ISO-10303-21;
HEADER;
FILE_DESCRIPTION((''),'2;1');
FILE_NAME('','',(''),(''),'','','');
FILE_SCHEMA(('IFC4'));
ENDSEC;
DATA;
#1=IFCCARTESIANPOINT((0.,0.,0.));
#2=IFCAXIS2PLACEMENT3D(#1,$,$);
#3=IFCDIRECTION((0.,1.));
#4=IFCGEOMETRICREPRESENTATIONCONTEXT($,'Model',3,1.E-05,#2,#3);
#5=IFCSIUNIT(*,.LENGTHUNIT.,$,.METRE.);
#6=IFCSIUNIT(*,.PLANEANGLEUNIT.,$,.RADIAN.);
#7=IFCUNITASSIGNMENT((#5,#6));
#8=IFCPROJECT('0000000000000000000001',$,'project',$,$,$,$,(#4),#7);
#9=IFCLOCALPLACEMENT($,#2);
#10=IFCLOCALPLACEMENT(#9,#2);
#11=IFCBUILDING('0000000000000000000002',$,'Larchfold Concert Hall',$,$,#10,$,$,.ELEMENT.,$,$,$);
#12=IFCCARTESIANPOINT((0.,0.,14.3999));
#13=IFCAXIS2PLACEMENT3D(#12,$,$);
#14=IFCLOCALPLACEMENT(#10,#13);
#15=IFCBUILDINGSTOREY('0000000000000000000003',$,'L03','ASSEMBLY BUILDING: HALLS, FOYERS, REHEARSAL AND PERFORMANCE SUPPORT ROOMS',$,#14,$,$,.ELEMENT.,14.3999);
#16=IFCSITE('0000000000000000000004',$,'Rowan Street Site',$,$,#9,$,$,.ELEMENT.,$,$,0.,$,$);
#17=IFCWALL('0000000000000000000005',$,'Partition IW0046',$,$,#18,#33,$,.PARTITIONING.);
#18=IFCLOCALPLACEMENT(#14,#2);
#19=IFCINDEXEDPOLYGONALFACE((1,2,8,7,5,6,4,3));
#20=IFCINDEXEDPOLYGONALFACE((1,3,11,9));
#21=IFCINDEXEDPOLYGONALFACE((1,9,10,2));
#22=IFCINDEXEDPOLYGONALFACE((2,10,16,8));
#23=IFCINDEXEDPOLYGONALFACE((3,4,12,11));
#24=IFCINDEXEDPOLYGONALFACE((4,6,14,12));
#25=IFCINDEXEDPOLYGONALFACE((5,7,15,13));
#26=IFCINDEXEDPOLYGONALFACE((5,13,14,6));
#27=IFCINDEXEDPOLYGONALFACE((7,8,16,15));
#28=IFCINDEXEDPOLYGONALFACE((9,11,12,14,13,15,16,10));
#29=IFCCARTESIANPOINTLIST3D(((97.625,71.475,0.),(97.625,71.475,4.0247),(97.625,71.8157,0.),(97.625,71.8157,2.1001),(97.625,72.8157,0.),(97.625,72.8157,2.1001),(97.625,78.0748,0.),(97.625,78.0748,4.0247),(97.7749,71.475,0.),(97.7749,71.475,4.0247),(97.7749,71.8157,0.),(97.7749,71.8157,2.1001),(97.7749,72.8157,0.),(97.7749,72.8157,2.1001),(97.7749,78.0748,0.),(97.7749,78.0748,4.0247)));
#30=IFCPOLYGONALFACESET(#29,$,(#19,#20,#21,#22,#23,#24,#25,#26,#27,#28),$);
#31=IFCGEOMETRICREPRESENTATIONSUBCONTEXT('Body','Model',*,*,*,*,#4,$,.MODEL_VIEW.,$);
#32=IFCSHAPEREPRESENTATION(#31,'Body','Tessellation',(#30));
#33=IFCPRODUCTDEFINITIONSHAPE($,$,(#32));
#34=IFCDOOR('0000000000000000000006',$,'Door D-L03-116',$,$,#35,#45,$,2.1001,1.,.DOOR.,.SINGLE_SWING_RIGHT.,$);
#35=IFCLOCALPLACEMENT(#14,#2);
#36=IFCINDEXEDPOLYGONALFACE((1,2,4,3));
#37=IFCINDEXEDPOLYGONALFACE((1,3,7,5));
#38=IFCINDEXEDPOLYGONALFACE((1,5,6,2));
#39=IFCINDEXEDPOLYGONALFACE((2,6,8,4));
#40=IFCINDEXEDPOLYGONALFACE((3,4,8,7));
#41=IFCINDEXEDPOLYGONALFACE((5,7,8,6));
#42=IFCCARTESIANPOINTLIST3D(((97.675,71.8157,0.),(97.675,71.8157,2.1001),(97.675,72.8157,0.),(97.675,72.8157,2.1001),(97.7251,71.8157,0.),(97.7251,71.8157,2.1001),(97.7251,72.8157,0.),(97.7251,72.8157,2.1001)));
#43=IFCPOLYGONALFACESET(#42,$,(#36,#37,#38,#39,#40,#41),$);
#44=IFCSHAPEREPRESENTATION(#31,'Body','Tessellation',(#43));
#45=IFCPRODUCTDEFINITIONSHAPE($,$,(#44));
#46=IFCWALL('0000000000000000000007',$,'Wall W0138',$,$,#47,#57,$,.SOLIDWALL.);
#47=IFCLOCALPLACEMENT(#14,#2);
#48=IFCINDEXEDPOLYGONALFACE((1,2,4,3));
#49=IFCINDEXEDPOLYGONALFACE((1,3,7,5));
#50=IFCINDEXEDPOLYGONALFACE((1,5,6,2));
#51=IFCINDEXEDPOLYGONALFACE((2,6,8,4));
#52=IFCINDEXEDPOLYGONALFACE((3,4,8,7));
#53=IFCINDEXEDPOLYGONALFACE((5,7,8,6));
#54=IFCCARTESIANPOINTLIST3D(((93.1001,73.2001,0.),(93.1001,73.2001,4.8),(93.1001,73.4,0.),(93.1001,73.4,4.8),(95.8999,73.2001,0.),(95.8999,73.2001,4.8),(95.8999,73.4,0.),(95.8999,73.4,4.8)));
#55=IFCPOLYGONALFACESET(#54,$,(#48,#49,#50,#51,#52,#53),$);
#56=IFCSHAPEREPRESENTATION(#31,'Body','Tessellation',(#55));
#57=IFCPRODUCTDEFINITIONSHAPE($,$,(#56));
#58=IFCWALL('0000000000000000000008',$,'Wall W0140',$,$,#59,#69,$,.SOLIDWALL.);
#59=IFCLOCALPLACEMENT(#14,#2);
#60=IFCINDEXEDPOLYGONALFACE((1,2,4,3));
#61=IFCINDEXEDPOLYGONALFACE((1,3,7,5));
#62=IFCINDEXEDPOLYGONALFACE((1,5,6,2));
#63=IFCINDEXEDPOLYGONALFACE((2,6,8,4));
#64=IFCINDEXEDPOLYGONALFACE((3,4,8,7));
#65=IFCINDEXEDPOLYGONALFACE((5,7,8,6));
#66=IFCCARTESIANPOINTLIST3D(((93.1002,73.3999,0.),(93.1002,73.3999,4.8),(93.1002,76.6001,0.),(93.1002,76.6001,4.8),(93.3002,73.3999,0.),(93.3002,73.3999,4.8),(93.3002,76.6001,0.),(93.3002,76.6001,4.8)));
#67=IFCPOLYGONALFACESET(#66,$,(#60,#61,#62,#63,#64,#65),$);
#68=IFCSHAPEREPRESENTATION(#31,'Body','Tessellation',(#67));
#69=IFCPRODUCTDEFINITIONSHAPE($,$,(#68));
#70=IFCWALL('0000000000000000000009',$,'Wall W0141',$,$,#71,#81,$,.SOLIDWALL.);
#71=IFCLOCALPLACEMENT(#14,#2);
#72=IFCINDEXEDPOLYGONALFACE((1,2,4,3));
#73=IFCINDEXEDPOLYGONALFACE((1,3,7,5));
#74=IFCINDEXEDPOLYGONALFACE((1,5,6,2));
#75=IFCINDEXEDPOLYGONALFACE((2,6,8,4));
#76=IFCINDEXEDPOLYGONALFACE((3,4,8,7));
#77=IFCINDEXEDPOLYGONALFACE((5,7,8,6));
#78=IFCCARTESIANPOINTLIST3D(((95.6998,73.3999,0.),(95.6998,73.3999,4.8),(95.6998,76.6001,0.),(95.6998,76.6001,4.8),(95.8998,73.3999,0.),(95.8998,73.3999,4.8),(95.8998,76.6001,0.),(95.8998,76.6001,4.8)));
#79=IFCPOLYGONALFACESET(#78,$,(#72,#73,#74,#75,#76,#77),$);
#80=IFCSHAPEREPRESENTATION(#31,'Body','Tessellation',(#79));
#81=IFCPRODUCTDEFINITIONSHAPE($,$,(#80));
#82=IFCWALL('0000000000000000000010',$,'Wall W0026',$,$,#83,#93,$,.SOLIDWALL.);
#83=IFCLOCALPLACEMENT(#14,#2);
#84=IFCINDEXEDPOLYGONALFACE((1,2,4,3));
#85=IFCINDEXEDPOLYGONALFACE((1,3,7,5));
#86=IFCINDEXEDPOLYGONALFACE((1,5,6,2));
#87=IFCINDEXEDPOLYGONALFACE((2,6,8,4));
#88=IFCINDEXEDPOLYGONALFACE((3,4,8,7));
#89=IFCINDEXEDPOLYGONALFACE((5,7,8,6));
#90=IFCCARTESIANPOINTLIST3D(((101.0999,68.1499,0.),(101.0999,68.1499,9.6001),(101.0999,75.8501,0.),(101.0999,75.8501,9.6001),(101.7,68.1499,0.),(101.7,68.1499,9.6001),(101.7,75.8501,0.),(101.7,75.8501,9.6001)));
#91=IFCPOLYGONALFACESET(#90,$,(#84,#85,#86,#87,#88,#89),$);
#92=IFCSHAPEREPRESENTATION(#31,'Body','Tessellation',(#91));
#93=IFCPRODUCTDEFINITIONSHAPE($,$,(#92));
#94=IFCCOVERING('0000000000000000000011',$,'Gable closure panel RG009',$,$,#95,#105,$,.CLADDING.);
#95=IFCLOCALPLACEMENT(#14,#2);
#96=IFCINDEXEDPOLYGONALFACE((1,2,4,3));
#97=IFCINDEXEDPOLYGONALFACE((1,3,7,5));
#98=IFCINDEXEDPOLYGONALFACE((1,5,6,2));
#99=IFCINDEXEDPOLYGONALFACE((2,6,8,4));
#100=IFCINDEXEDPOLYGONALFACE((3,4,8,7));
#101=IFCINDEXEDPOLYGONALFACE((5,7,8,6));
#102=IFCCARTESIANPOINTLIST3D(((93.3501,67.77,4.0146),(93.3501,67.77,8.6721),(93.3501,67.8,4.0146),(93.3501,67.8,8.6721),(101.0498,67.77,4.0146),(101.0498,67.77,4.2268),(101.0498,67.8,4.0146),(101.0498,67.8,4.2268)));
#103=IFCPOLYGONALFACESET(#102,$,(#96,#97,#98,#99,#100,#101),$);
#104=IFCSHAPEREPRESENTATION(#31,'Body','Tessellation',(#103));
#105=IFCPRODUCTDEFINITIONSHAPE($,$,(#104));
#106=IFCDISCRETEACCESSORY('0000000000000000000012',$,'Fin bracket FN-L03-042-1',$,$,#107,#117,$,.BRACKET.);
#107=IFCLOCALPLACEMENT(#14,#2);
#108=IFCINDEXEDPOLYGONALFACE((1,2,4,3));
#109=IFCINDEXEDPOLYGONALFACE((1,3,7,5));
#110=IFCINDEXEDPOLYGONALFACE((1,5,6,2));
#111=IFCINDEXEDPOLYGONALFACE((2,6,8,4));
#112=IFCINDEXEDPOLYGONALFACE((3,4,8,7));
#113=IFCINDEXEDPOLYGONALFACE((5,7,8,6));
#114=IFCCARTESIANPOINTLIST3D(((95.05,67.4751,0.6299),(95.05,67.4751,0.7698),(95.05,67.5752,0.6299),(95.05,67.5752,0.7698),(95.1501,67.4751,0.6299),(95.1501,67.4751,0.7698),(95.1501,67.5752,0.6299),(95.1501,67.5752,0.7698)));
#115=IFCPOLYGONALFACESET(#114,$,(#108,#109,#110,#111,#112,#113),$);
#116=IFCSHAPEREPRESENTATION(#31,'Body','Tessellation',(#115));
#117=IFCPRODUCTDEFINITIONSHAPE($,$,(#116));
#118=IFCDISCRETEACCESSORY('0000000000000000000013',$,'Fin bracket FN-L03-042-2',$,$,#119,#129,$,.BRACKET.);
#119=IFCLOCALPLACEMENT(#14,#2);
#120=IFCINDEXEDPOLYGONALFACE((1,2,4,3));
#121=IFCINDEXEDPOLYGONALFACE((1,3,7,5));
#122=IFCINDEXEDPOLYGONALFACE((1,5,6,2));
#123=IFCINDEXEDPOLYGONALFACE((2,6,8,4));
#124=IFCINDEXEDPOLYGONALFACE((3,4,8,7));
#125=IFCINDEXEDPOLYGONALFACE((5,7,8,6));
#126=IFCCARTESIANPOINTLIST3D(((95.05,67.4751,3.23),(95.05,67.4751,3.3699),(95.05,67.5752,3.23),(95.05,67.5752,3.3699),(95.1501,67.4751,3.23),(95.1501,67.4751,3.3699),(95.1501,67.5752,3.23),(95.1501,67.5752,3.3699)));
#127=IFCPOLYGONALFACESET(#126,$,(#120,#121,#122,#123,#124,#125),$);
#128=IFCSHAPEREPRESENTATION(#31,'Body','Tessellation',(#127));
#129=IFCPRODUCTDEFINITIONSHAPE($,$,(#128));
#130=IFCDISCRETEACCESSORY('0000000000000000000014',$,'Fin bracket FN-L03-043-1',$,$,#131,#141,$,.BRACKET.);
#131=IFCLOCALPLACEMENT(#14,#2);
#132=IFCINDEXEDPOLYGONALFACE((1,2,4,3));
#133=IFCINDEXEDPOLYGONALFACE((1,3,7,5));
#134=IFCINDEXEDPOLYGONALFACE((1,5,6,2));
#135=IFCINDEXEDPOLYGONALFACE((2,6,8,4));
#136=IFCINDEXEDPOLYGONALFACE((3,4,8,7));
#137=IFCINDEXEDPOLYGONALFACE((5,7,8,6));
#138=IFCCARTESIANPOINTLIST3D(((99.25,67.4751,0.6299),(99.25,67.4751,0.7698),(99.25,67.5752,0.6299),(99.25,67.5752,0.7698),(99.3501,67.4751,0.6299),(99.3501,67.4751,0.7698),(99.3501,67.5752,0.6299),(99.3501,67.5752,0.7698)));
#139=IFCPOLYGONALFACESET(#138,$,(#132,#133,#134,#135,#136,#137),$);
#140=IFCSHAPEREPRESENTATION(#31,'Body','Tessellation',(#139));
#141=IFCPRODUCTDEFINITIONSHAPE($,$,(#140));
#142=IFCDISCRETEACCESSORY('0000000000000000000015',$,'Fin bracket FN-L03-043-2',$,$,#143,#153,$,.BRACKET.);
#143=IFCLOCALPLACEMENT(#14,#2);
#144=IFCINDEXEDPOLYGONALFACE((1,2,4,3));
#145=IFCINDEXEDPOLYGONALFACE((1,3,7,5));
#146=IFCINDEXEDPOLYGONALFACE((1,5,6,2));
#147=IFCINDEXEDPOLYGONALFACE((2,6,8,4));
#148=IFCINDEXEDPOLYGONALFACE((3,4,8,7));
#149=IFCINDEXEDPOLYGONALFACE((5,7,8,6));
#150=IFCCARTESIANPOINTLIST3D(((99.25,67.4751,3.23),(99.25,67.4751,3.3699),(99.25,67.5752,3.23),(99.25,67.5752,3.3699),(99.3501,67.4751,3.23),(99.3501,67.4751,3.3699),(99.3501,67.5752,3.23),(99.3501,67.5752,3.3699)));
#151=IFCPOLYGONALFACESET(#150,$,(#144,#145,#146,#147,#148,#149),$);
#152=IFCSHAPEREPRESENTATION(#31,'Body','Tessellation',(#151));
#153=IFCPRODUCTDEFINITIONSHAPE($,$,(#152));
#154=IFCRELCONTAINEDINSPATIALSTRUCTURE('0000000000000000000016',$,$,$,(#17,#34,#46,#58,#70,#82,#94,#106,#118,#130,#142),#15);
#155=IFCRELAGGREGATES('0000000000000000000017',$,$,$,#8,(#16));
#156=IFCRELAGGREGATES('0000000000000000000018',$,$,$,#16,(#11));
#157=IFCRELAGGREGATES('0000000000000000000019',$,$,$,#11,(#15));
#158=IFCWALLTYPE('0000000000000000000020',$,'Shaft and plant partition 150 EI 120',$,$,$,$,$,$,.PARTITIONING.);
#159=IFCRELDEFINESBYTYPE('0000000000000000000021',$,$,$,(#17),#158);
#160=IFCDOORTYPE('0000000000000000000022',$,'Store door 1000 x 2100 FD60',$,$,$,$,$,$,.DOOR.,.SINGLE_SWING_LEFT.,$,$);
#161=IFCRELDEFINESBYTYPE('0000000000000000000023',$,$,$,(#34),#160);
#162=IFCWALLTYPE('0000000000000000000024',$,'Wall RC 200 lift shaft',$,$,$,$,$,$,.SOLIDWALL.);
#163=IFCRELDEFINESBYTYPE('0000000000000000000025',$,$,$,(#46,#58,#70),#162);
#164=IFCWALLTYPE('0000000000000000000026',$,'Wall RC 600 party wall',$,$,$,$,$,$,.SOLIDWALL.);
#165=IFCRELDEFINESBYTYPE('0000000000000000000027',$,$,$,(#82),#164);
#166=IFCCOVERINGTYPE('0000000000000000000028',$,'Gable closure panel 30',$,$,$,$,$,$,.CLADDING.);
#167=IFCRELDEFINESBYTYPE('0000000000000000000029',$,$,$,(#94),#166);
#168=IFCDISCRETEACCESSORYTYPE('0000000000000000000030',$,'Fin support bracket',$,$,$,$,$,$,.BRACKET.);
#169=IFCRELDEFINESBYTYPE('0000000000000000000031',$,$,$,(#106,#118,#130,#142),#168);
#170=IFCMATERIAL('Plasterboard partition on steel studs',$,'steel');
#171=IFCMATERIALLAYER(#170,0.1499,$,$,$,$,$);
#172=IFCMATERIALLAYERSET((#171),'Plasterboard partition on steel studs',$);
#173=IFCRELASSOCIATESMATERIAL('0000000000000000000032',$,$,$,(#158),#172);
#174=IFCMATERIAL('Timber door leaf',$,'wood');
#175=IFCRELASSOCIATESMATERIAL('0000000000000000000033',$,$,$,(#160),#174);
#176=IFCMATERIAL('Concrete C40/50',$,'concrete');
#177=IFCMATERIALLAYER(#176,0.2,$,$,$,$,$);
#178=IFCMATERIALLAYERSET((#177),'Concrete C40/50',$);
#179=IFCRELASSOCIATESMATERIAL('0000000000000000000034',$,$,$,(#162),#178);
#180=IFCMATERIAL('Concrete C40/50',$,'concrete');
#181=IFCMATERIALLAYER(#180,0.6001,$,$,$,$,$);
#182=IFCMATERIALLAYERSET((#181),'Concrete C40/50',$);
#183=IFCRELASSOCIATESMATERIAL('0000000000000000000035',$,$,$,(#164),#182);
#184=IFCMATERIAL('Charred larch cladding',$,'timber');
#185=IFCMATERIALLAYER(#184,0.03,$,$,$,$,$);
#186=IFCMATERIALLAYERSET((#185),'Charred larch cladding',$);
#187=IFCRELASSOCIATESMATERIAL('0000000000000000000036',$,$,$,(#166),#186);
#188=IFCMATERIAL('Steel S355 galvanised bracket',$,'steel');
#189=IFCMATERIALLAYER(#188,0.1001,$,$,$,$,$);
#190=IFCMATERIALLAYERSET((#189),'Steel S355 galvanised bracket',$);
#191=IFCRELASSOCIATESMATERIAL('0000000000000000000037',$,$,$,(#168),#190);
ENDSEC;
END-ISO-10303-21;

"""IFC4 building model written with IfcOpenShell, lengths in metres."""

from ifc_helpers import new_model, si_unit, direction, frame, frame_2d, origin, origin_2d, place, context, subcontext, project, spatial, polyline, rectangle, outline, extrude, material, layer, layer_set, type_object, element, fill, save


model = new_model("IFC4")

# Units and contexts
model_context = context("Model", 3, precision=1e-05, world=origin(), true_north=direction((0.0, 1.0)))
body_context = subcontext(model_context, "Body", "Model", "MODEL_VIEW")
ifc_project = project(units=[si_unit("LENGTHUNIT", "METRE"), si_unit("PLANEANGLEUNIT", "RADIAN")], contexts=[model_context])

# Site, building, storey
site_placement = place(None, origin())
site = spatial("IfcSite", under=ifc_project, at=site_placement, Name="Rowan Street Site", CompositionType="ELEMENT", RefElevation=0.0)
building_placement = place(site_placement, origin())
building = spatial("IfcBuilding", under=site, at=building_placement, Name="Larchfold Concert Hall", CompositionType="ELEMENT")
storey_placement = place(building_placement, frame((0.0, 0.0, 14.3999)))
storey = spatial("IfcBuildingStorey", under=building, at=storey_placement, Name="L03", Description="ASSEMBLY BUILDING: HALLS, FOYERS, REHEARSAL AND PERFORMANCE SUPPORT ROOMS", CompositionType="ELEMENT", Elevation=14.3999)

# Wall, opening, door
ifc_material_1 = material(Name="Plasterboard partition on steel studs", Category="steel")
ifc_layer_1 = layer(ifc_material_1, 0.1499)
ifc_layer_set_1 = layer_set([ifc_layer_1], Name="Plasterboard partition on steel studs")
wall_type_1 = type_object("IfcWallType", Name="Shaft and plant partition 150 EI 120", PredefinedType="PARTITIONING", material=ifc_layer_set_1)
wall_1_placement = place(storey_placement, frame((97.7, 71.4751, 0.0), z_axis=(0.0, 0.0, 1.0), x_axis=(0.0, 1.0, 0.0)))
wall_1 = element("IfcWall", 1, at=wall_1_placement, inside=storey, type_object=wall_type_1, Name="Partition IW0046", PredefinedType="PARTITIONING", context=body_context, shape_type="SweptSolid", body=[
    extrude(rectangle(XDim=6.5999, YDim=0.1499, at=frame_2d((3.2998, 0.0))), origin(), (0.0, 0.0, 1.0), 4.0247),
])
opening_1_placement = place(wall_1_placement, frame((0.3406, 0.0, 0.0)))
opening_1 = element("IfcOpeningElement", 2, at=opening_1_placement, cuts=wall_1, PredefinedType="OPENING", context=body_context, shape_type="SweptSolid", body=[
    extrude(rectangle(XDim=1.0, YDim=2.1001, at=frame_2d((0.5, 1.05))), frame((0.0, 0.085, 0.0), z_axis=(0.0, -1.0, 0.0), x_axis=(1.0, 0.0, 0.0)), (0.0, 0.0, 1.0), 0.1699),
])
ifc_material_2 = material(Name="Timber door leaf", Category="wood")
door_type = type_object("IfcDoorType", Name="Store door 1000 x 2100 FD60", OperationType="SINGLE_SWING_LEFT", PredefinedType="DOOR", material=ifc_material_2)
door_placement = place(opening_1_placement, origin())
door = element("IfcDoor", 3, at=door_placement, inside=storey, type_object=door_type, Name="Door D-L03-116", OperationType="SINGLE_SWING_RIGHT", OverallHeight=2.1001, OverallWidth=1.0, PredefinedType="DOOR", context=body_context, shape_type="SweptSolid", body=[
    extrude(rectangle(XDim=1.0, YDim=2.1001, at=frame_2d((0.5, 1.05))), frame((0.0, 0.0249, 0.0), z_axis=(0.0, -1.0, 0.0), x_axis=(1.0, 0.0, 0.0)), (0.0, 0.0, 1.0), 0.05),
])
fill(opening_1, door)

# Walls
ifc_material_3 = material(Name="Concrete C40/50", Category="concrete")
ifc_layer_2 = layer(ifc_material_3, 0.2)
ifc_layer_set_2 = layer_set([ifc_layer_2], Name="Concrete C40/50")
wall_type_2 = type_object("IfcWallType", Name="Wall RC 200 lift shaft", PredefinedType="SOLIDWALL", material=ifc_layer_set_2)
wall_2_placement = place(storey_placement, frame((93.1001, 73.3, 0.0), z_axis=(0.0, 0.0, 1.0), x_axis=(1.0, 0.0, 0.0)))
element("IfcWall", 4, at=wall_2_placement, inside=storey, type_object=wall_type_2, Name="Wall W0138", PredefinedType="SOLIDWALL", context=body_context, shape_type="SweptSolid", body=[
    extrude(rectangle(XDim=2.7998, YDim=0.2, at=frame_2d((1.3999, 0.0))), origin(), (0.0, 0.0, 1.0), 4.8),
])
for number, where, z_axis, x_axis, name in (
    (5, (93.2002, 73.3999, 0.0), (0.0, 0.0, 1.0), (0.0, 1.0, 0.0), "Wall W0140"),
    (6, (95.7998, 73.3999, 0.0), (0.0, 0.0, 1.0), (0.0, 1.0, 0.0), "Wall W0141"),
):
    element("IfcWall", number, at=place(storey_placement, frame(where, z_axis=z_axis, x_axis=x_axis)), inside=storey, type_object=wall_type_2, Name=name, PredefinedType="SOLIDWALL", context=body_context, shape_type="SweptSolid", body=[
        extrude(rectangle(XDim=3.2002, YDim=0.2, at=frame_2d((1.6001, 0.0))), origin(), (0.0, 0.0, 1.0), 4.8),
    ])
ifc_material_4 = material(Name="Concrete C40/50", Category="concrete")
ifc_layer_3 = layer(ifc_material_4, 0.6001)
ifc_layer_set_3 = layer_set([ifc_layer_3], Name="Concrete C40/50")
wall_type_3 = type_object("IfcWallType", Name="Wall RC 600 party wall", PredefinedType="SOLIDWALL", material=ifc_layer_set_3)
wall_3_placement = place(storey_placement, frame((101.3999, 68.1499, 0.0), z_axis=(0.0, 0.0, 1.0), x_axis=(0.0, 1.0, 0.0)))
element("IfcWall", 7, at=wall_3_placement, inside=storey, type_object=wall_type_3, Name="Wall W0026", PredefinedType="SOLIDWALL", context=body_context, shape_type="SweptSolid", body=[
    extrude(rectangle(XDim=7.7002, YDim=0.6001, at=frame_2d((3.8501, 0.0))), origin(), (0.0, 0.0, 1.0), 9.6001),
])

# Covering
ifc_material_5 = material(Name="Charred larch cladding", Category="timber")
ifc_layer_4 = layer(ifc_material_5, 0.03)
ifc_layer_set_4 = layer_set([ifc_layer_4], Name="Charred larch cladding")
covering_type = type_object("IfcCoveringType", Name="Gable closure panel 30", PredefinedType="CLADDING", material=ifc_layer_set_4)
covering_placement = place(storey_placement, frame((93.3501, 67.77, 4.0146), z_axis=(0.0, -1.0, 0.0), x_axis=(1.0, 0.0, 0.0)))
element("IfcCovering", 8, at=covering_placement, inside=storey, type_object=covering_type, Name="Gable closure panel RG009", PredefinedType="CLADDING", context=body_context, shape_type="SweptSolid", body=[
    extrude(outline(polyline([(0.0, 0.0), (7.6997, 0.0), (7.6997, 0.2122), (0.0, 4.6575), (0.0, 0.0)])), origin(), (0.0, 0.0, -1.0), 0.03),
])

# Discrete accessories
ifc_material_6 = material(Name="Steel S355 galvanised bracket", Category="steel")
ifc_layer_5 = layer(ifc_material_6, 0.1001)
ifc_layer_set_5 = layer_set([ifc_layer_5], Name="Steel S355 galvanised bracket")
discrete_accessory_type = type_object("IfcDiscreteAccessoryType", Name="Fin support bracket", PredefinedType="BRACKET", material=ifc_layer_set_5)
for number, where, z_axis, x_axis, name in (
    (9, (95.1001, 67.5251, 0.6299), (0.0, 0.0, 1.0), (0.0, -1.0, 0.0), "Fin bracket FN-L03-042-1"),
    (10, (95.1001, 67.5251, 3.23), (0.0, 0.0, 1.0), (0.0, -1.0, 0.0), "Fin bracket FN-L03-042-2"),
    (11, (99.3, 67.5251, 0.6299), (0.0, 0.0, 1.0), (0.0, -1.0, 0.0), "Fin bracket FN-L03-043-1"),
    (12, (99.3, 67.5251, 3.23), (0.0, 0.0, 1.0), (0.0, -1.0, 0.0), "Fin bracket FN-L03-043-2"),
):
    element("IfcDiscreteAccessory", number, at=place(storey_placement, frame(where, z_axis=z_axis, x_axis=x_axis)), inside=storey, type_object=discrete_accessory_type, Name=name, PredefinedType="BRACKET", context=body_context, shape_type="SweptSolid", body=[
        extrude(rectangle(XDim=0.1001, YDim=0.1001, at=origin_2d()), origin(), (0.0, 0.0, 1.0), 0.1399),
    ])

save(model, "model.ifc")
